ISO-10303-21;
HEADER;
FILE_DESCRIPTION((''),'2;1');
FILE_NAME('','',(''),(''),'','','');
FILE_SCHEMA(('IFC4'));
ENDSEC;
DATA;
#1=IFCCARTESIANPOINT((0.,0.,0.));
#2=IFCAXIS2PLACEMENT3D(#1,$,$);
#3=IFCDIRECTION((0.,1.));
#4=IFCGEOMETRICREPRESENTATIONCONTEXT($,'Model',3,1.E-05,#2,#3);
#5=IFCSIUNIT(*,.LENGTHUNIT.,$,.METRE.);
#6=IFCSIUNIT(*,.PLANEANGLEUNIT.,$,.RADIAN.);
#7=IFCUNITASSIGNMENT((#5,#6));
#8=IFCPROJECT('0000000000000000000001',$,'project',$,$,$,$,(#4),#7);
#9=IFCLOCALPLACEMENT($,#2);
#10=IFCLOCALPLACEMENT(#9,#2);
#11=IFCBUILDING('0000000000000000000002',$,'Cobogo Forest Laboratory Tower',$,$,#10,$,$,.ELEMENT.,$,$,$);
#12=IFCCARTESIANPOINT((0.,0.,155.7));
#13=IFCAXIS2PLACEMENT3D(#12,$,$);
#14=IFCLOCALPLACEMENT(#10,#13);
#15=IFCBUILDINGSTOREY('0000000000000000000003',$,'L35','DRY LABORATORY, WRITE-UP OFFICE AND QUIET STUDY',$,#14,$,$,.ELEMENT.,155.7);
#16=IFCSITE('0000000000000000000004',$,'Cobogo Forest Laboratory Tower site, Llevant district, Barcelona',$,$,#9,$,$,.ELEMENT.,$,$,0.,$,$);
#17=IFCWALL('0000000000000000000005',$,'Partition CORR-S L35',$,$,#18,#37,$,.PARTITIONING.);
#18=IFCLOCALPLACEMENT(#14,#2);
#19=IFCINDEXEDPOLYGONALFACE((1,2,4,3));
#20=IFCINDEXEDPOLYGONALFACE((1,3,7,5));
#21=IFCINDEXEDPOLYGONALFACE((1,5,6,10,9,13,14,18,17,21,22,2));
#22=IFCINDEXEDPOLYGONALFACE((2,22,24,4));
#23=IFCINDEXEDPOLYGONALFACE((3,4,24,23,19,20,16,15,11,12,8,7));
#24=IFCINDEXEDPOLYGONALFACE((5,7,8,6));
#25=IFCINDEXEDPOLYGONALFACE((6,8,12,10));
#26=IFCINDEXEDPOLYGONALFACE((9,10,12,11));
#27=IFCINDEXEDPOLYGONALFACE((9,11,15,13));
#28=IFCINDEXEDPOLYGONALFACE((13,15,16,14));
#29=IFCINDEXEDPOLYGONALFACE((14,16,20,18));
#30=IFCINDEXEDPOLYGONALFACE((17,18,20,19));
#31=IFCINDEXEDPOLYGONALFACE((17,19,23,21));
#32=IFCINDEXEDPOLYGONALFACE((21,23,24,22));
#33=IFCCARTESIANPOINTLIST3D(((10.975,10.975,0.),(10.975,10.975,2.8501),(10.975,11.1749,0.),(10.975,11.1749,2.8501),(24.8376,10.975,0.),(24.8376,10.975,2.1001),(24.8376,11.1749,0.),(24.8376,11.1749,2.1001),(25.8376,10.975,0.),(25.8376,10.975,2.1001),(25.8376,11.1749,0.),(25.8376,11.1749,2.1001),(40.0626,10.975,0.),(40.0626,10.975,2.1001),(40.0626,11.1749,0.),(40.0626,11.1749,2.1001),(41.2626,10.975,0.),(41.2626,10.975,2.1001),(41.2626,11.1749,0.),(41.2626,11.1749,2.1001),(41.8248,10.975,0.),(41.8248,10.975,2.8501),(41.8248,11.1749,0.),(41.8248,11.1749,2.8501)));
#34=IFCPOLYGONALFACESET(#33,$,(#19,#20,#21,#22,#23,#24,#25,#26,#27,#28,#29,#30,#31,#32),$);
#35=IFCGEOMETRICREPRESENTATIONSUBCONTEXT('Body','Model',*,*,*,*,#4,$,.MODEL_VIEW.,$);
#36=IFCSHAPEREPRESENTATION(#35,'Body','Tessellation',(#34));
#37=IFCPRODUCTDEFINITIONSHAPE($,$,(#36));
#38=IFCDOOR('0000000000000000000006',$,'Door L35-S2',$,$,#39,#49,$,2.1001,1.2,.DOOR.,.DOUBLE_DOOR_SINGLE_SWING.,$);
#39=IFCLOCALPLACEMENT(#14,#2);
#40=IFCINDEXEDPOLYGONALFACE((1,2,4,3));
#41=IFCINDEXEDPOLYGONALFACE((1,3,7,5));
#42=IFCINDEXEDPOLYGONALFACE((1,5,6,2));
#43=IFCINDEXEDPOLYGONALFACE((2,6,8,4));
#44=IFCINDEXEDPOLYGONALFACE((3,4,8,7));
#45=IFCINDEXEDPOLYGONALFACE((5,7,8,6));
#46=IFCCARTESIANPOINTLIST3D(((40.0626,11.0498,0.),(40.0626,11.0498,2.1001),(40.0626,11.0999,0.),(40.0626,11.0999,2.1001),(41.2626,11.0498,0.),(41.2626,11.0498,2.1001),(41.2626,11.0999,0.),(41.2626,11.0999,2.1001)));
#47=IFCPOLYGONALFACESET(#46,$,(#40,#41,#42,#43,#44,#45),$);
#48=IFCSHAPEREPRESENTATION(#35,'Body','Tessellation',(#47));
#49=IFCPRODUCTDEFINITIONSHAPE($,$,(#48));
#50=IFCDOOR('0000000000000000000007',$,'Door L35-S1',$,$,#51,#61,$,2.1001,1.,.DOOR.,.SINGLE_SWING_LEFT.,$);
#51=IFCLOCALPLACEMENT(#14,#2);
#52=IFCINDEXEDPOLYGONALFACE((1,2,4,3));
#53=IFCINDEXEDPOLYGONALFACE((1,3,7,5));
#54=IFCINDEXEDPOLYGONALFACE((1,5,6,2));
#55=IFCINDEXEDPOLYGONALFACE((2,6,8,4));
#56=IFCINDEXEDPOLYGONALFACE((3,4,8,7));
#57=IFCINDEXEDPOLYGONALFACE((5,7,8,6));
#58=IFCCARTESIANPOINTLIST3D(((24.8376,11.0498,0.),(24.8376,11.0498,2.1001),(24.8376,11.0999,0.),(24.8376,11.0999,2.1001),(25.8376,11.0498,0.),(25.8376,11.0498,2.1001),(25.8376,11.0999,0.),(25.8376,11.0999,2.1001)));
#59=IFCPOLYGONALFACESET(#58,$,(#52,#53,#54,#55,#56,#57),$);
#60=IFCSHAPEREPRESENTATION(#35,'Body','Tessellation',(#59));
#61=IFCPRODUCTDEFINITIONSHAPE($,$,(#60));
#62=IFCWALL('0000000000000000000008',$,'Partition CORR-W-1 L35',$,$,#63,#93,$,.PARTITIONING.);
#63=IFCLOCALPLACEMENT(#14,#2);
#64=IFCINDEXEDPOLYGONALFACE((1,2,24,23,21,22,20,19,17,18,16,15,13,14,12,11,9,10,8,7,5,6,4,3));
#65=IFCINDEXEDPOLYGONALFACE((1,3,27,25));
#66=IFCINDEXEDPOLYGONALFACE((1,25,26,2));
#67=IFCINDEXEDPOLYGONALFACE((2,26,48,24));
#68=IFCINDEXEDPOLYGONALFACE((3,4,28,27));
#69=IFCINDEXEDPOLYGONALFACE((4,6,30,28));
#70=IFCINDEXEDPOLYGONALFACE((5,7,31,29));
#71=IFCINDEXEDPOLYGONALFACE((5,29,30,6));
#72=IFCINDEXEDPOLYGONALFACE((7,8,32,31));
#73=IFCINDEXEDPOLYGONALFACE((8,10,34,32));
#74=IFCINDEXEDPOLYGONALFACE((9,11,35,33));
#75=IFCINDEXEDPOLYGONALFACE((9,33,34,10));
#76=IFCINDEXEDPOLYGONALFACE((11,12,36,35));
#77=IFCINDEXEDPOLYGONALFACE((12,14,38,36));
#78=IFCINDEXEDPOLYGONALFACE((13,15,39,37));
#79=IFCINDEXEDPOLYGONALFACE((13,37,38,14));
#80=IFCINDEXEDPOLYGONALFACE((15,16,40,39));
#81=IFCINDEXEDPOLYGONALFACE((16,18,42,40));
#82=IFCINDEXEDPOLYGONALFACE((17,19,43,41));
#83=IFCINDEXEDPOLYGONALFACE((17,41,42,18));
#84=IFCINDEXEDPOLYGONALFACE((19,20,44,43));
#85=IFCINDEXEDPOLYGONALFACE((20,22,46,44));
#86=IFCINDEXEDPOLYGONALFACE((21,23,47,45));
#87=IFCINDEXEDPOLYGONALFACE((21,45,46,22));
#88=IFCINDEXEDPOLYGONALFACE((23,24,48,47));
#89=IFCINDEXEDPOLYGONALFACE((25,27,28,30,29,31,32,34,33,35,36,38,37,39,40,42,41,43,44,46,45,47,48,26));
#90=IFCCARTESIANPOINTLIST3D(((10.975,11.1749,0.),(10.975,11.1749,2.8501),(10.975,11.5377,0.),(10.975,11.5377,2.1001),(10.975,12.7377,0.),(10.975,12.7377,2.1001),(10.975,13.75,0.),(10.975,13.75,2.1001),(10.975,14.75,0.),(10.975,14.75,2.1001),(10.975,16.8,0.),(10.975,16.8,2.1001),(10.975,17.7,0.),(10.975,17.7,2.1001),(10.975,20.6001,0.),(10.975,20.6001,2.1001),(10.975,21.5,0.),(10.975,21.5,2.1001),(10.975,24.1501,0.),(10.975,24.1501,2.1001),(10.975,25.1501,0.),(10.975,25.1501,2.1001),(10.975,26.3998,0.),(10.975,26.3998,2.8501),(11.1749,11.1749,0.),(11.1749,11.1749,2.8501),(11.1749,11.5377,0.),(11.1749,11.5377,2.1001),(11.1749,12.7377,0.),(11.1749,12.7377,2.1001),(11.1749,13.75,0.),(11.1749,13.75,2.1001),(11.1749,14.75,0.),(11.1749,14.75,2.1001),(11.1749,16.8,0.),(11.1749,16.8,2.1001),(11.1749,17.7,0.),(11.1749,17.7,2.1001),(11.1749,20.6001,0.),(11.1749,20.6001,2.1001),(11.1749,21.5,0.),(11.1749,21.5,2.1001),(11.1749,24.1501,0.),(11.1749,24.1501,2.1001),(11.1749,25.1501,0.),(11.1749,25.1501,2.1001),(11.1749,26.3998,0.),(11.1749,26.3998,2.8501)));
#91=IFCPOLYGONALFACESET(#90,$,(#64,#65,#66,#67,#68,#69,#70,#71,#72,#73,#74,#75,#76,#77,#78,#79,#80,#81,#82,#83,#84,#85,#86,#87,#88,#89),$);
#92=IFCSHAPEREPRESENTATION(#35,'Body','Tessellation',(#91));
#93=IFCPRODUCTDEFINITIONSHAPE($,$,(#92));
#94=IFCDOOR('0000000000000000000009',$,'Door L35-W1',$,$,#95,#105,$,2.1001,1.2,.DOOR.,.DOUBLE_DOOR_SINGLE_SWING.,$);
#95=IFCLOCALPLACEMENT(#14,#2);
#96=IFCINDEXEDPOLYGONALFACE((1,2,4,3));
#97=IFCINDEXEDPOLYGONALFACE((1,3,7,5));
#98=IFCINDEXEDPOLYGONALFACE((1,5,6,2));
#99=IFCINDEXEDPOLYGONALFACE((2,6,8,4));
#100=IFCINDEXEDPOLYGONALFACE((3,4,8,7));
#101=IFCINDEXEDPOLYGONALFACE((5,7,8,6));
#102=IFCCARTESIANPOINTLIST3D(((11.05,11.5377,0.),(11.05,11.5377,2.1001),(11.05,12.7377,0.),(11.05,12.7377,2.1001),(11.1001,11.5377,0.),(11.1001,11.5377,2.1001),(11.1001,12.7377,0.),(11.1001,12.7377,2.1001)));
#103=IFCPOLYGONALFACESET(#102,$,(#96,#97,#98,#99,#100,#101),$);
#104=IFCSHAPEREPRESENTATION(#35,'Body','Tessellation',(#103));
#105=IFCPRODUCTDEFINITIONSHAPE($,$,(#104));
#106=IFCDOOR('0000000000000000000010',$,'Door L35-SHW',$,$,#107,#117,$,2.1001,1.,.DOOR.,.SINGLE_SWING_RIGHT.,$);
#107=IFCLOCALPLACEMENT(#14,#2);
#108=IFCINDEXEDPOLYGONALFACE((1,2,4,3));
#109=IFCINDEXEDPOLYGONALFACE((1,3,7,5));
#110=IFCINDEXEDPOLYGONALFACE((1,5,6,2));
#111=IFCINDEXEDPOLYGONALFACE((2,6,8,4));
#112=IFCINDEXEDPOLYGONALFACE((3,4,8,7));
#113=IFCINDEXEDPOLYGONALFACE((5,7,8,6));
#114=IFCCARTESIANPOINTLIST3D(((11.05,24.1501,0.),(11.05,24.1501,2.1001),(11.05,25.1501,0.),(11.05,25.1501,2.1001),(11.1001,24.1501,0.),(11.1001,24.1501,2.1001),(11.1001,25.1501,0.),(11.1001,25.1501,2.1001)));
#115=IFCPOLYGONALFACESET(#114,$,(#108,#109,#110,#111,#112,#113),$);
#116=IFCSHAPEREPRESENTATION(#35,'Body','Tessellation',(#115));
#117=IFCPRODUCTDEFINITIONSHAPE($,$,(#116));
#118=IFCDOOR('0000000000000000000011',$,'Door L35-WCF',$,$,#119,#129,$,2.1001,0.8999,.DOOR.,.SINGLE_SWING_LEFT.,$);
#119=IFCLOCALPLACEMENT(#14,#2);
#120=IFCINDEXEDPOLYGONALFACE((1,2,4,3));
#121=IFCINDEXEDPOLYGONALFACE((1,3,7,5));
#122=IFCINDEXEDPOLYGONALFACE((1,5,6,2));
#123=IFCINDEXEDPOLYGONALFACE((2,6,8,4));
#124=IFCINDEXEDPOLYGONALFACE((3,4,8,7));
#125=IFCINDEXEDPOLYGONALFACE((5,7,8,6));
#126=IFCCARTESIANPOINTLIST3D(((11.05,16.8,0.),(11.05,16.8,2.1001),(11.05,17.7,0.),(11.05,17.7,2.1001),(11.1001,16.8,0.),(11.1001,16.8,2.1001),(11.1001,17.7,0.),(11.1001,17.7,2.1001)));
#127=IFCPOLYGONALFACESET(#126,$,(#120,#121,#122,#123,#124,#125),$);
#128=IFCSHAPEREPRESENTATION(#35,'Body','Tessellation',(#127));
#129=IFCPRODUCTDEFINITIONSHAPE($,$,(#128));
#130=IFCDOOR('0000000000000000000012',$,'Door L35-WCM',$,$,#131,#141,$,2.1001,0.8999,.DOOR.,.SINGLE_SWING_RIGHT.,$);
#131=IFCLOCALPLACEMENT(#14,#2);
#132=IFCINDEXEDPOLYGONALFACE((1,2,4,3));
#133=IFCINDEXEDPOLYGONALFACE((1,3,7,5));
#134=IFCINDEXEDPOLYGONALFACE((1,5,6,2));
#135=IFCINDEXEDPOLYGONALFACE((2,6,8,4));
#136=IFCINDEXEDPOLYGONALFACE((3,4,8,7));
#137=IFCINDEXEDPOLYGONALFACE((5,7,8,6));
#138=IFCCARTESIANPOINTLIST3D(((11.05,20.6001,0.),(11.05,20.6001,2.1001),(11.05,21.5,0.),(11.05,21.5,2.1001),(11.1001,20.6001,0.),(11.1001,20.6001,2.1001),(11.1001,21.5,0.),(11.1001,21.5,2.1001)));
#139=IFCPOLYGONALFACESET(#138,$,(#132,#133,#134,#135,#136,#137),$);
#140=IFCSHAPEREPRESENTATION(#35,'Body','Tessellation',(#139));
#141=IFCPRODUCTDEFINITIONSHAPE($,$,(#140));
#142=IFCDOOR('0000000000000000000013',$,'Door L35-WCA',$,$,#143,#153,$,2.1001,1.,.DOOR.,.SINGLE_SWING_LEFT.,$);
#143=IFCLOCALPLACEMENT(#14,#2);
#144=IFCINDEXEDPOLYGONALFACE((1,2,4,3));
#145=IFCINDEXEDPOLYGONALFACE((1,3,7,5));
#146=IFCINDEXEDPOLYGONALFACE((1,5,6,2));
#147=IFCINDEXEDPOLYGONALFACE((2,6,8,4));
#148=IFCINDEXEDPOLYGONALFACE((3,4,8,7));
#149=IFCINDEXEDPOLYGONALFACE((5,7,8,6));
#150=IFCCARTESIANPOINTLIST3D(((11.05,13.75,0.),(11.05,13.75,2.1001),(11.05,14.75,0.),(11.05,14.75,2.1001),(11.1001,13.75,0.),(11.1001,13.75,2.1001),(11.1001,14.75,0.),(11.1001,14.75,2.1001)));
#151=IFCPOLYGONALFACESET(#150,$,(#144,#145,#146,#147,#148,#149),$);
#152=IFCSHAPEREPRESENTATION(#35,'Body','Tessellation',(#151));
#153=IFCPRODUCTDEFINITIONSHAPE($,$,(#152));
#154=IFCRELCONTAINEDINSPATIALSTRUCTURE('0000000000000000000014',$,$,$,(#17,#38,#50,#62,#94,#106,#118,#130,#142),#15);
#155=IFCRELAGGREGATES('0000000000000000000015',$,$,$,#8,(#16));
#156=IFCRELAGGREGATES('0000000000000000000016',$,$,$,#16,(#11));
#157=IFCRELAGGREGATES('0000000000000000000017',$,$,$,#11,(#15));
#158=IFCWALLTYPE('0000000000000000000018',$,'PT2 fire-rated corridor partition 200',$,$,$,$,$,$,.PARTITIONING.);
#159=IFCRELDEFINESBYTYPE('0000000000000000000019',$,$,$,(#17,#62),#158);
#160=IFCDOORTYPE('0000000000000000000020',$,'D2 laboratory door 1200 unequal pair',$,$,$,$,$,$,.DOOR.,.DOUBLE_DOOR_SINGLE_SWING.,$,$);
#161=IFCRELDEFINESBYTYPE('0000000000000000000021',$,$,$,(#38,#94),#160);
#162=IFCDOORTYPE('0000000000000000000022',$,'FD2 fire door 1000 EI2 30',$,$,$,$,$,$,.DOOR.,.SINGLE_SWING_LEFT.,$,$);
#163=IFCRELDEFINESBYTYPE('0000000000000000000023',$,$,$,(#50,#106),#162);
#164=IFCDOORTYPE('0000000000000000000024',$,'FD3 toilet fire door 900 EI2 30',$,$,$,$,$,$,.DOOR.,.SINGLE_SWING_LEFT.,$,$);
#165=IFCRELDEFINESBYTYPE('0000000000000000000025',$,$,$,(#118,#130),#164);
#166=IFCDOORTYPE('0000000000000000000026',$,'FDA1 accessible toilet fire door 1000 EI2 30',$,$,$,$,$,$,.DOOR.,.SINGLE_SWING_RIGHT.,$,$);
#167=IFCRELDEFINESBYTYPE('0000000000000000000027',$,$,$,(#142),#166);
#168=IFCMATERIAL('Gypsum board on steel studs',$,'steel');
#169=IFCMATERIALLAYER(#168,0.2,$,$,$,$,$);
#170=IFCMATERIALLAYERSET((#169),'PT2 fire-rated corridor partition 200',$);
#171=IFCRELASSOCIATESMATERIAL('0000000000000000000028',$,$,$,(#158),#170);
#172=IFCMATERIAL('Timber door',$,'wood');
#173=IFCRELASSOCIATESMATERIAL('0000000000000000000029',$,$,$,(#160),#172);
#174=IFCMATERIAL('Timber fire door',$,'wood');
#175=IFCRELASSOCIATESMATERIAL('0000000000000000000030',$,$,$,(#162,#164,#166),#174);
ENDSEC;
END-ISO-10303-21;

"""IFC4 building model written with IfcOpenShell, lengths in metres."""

from ifc_helpers import new_model, si_unit, direction, frame, frame_2d, origin, place, context, subcontext, project, spatial, rectangle, extrude, material, layer, layer_set, type_object, element, fill, save


model = new_model("IFC4")

# Units and contexts
model_context = context("Model", 3, precision=1e-05, world=origin(), true_north=direction((0.0, 1.0)))
body_context = subcontext(model_context, "Body", "Model", "MODEL_VIEW")
ifc_project = project(units=[si_unit("LENGTHUNIT", "METRE"), si_unit("PLANEANGLEUNIT", "RADIAN")], contexts=[model_context])

# Site, building, storey
site_placement = place(None, origin())
site = spatial("IfcSite", under=ifc_project, at=site_placement, Name="Cobogo Forest Laboratory Tower site, Llevant district, Barcelona", CompositionType="ELEMENT", RefElevation=0.0)
building_placement = place(site_placement, origin())
building = spatial("IfcBuilding", under=site, at=building_placement, Name="Cobogo Forest Laboratory Tower", CompositionType="ELEMENT")
storey_placement = place(building_placement, frame((0.0, 0.0, 155.7)))
storey = spatial("IfcBuildingStorey", under=building, at=storey_placement, Name="L35", Description="DRY LABORATORY, WRITE-UP OFFICE AND QUIET STUDY", CompositionType="ELEMENT", Elevation=155.7)

# Shared definitions
ifc_material_1 = material(Name="Gypsum board on steel studs", Category="steel")

# Walls, openings, doors
ifc_layer_1 = layer(ifc_material_1, 0.2)
ifc_layer_set_1 = layer_set([ifc_layer_1], Name="PT2 fire-rated corridor partition 200")
wall_type_1 = type_object("IfcWallType", Name="PT2 fire-rated corridor partition 200", PredefinedType="PARTITIONING", material=ifc_layer_set_1)
wall_1_placement = place(storey_placement, frame((10.9751, 11.075, 0.0), z_axis=(0.0, 0.0, 1.0), x_axis=(1.0, 0.0, 0.0)))
wall_1 = element("IfcWall", 1, at=wall_1_placement, inside=storey, type_object=wall_type_1, Name="Partition CORR-S L35", PredefinedType="PARTITIONING", context=body_context, shape_type="SweptSolid", body=[
    extrude(rectangle(XDim=30.8499, YDim=0.2, at=frame_2d((15.4248, 0.0))), origin(), (0.0, 0.0, 1.0), 2.8501),
])
opening_1_placement = place(wall_1_placement, frame((13.8625, 0.0, 0.0)))
opening_1 = element("IfcOpeningElement", 2, at=opening_1_placement, cuts=wall_1, PredefinedType="OPENING", context=body_context, shape_type="SweptSolid", body=[
    extrude(rectangle(XDim=1.0, YDim=2.1001, at=frame_2d((0.5, 1.05))), frame((0.0, 0.1099, 0.0), z_axis=(0.0, -1.0, 0.0), x_axis=(1.0, 0.0, 0.0)), (0.0, 0.0, 1.0), 0.22),
])
opening_2_placement = place(wall_1_placement, frame((29.0874, 0.0, 0.0)))
opening_2 = element("IfcOpeningElement", 3, at=opening_2_placement, cuts=wall_1, PredefinedType="OPENING", context=body_context, shape_type="SweptSolid", body=[
    extrude(rectangle(XDim=1.2, YDim=2.1001, at=frame_2d((0.6001, 1.05))), frame((0.0, 0.1099, 0.0), z_axis=(0.0, -1.0, 0.0), x_axis=(1.0, 0.0, 0.0)), (0.0, 0.0, 1.0), 0.22),
])
ifc_material_2 = material(Name="Timber door", Category="wood")
door_type_1 = type_object("IfcDoorType", Name="D2 laboratory door 1200 unequal pair", OperationType="DOUBLE_DOOR_SINGLE_SWING", PredefinedType="DOOR", material=ifc_material_2)
door_1_placement = place(opening_2_placement, origin())
door_1 = element("IfcDoor", 4, at=door_1_placement, inside=storey, type_object=door_type_1, Name="Door L35-S2", OperationType="DOUBLE_DOOR_SINGLE_SWING", OverallHeight=2.1001, OverallWidth=1.2, PredefinedType="DOOR", context=body_context, shape_type="SweptSolid", body=[
    extrude(rectangle(XDim=1.2, YDim=2.1001, at=frame_2d((0.6001, 1.05))), frame((0.0, 0.0249, 0.0), z_axis=(0.0, -1.0, 0.0), x_axis=(1.0, 0.0, 0.0)), (0.0, 0.0, 1.0), 0.05),
])
fill(opening_2, door_1)
ifc_material_3 = material(Name="Timber fire door", Category="wood")
door_type_2 = type_object("IfcDoorType", Name="FD2 fire door 1000 EI2 30", OperationType="SINGLE_SWING_LEFT", PredefinedType="DOOR", material=ifc_material_3)
door_2_placement = place(opening_1_placement, origin())
door_2 = element("IfcDoor", 5, at=door_2_placement, inside=storey, type_object=door_type_2, Name="Door L35-S1", OperationType="SINGLE_SWING_LEFT", OverallHeight=2.1001, OverallWidth=1.0, PredefinedType="DOOR", context=body_context, shape_type="SweptSolid", body=[
    extrude(rectangle(XDim=1.0, YDim=2.1001, at=frame_2d((0.5, 1.05))), frame((0.0, 0.0249, 0.0), z_axis=(0.0, -1.0, 0.0), x_axis=(1.0, 0.0, 0.0)), (0.0, 0.0, 1.0), 0.05),
])
fill(opening_1, door_2)
wall_2_placement = place(storey_placement, frame((11.075, 11.175, 0.0), z_axis=(0.0, 0.0, 1.0), x_axis=(0.0, 1.0, 0.0)))
wall_2 = element("IfcWall", 6, at=wall_2_placement, inside=storey, type_object=wall_type_1, Name="Partition CORR-W-1 L35", PredefinedType="PARTITIONING", context=body_context, shape_type="SweptSolid", body=[
    extrude(rectangle(XDim=15.2249, YDim=0.2, at=frame_2d((7.6123, 0.0))), origin(), (0.0, 0.0, 1.0), 2.8501),
])
opening_3_placement = place(wall_2_placement, frame((0.3625, 0.0, 0.0)))
opening_3 = element("IfcOpeningElement", 7, at=opening_3_placement, cuts=wall_2, PredefinedType="OPENING", context=body_context, shape_type="SweptSolid", body=[
    extrude(rectangle(XDim=1.2, YDim=2.1001, at=frame_2d((0.6001, 1.05))), frame((0.0, 0.1099, 0.0), z_axis=(0.0, -1.0, 0.0), x_axis=(1.0, 0.0, 0.0)), (0.0, 0.0, 1.0), 0.22),
])
opening_4_placement = place(wall_2_placement, frame((2.575, 0.0, 0.0)))
opening_4 = element("IfcOpeningElement", 8, at=opening_4_placement, cuts=wall_2, PredefinedType="OPENING", context=body_context, shape_type="SweptSolid", body=[
    extrude(rectangle(XDim=1.0, YDim=2.1001, at=frame_2d((0.5, 1.05))), frame((0.0, 0.1099, 0.0), z_axis=(0.0, -1.0, 0.0), x_axis=(1.0, 0.0, 0.0)), (0.0, 0.0, 1.0), 0.22),
])
opening_5_placement = place(wall_2_placement, frame((5.625, 0.0, 0.0)))
opening_5 = element("IfcOpeningElement", 9, at=opening_5_placement, cuts=wall_2, PredefinedType="OPENING", context=body_context, shape_type="SweptSolid", body=[
    extrude(rectangle(XDim=0.8999, YDim=2.1001, at=frame_2d((0.45, 1.05))), frame((0.0, 0.1099, 0.0), z_axis=(0.0, -1.0, 0.0), x_axis=(1.0, 0.0, 0.0)), (0.0, 0.0, 1.0), 0.22),
])
opening_6_placement = place(wall_2_placement, frame((9.425, 0.0, 0.0)))
opening_6 = element("IfcOpeningElement", 10, at=opening_6_placement, cuts=wall_2, PredefinedType="OPENING", context=body_context, shape_type="SweptSolid", body=[
    extrude(rectangle(XDim=0.8999, YDim=2.1001, at=frame_2d((0.45, 1.05))), frame((0.0, 0.1099, 0.0), z_axis=(0.0, -1.0, 0.0), x_axis=(1.0, 0.0, 0.0)), (0.0, 0.0, 1.0), 0.22),
])
opening_7_placement = place(wall_2_placement, frame((12.9751, 0.0, 0.0)))
opening_7 = element("IfcOpeningElement", 11, at=opening_7_placement, cuts=wall_2, PredefinedType="OPENING", context=body_context, shape_type="SweptSolid", body=[
    extrude(rectangle(XDim=1.0, YDim=2.1001, at=frame_2d((0.5, 1.05))), frame((0.0, 0.1099, 0.0), z_axis=(0.0, -1.0, 0.0), x_axis=(1.0, 0.0, 0.0)), (0.0, 0.0, 1.0), 0.22),
])
door_3_placement = place(opening_3_placement, origin())
door_3 = element("IfcDoor", 12, at=door_3_placement, inside=storey, type_object=door_type_1, Name="Door L35-W1", OperationType="DOUBLE_DOOR_SINGLE_SWING", OverallHeight=2.1001, OverallWidth=1.2, PredefinedType="DOOR", context=body_context, shape_type="SweptSolid", body=[
    extrude(rectangle(XDim=1.2, YDim=2.1001, at=frame_2d((0.6001, 1.05))), frame((0.0, 0.0249, 0.0), z_axis=(0.0, -1.0, 0.0), x_axis=(1.0, 0.0, 0.0)), (0.0, 0.0, 1.0), 0.05),
])
fill(opening_3, door_3)
door_4_placement = place(opening_7_placement, origin())
door_4 = element("IfcDoor", 13, at=door_4_placement, inside=storey, type_object=door_type_2, Name="Door L35-SHW", OperationType="SINGLE_SWING_RIGHT", OverallHeight=2.1001, OverallWidth=1.0, PredefinedType="DOOR", context=body_context, shape_type="SweptSolid", body=[
    extrude(rectangle(XDim=1.0, YDim=2.1001, at=frame_2d((0.5, 1.05))), frame((0.0, 0.0249, 0.0), z_axis=(0.0, -1.0, 0.0), x_axis=(1.0, 0.0, 0.0)), (0.0, 0.0, 1.0), 0.05),
])
fill(opening_7, door_4)
door_type_3 = type_object("IfcDoorType", Name="FD3 toilet fire door 900 EI2 30", OperationType="SINGLE_SWING_LEFT", PredefinedType="DOOR", material=ifc_material_3)
door_5_placement = place(opening_5_placement, origin())
door_5 = element("IfcDoor", 14, at=door_5_placement, inside=storey, type_object=door_type_3, Name="Door L35-WCF", OperationType="SINGLE_SWING_LEFT", OverallHeight=2.1001, OverallWidth=0.8999, PredefinedType="DOOR", context=body_context, shape_type="SweptSolid", body=[
    extrude(rectangle(XDim=0.8999, YDim=2.1001, at=frame_2d((0.45, 1.05))), frame((0.0, 0.0249, 0.0), z_axis=(0.0, -1.0, 0.0), x_axis=(1.0, 0.0, 0.0)), (0.0, 0.0, 1.0), 0.05),
])
fill(opening_5, door_5)
door_6_placement = place(opening_6_placement, origin())
door_6 = element("IfcDoor", 15, at=door_6_placement, inside=storey, type_object=door_type_3, Name="Door L35-WCM", OperationType="SINGLE_SWING_RIGHT", OverallHeight=2.1001, OverallWidth=0.8999, PredefinedType="DOOR", context=body_context, shape_type="SweptSolid", body=[
    extrude(rectangle(XDim=0.8999, YDim=2.1001, at=frame_2d((0.45, 1.05))), frame((0.0, 0.0249, 0.0), z_axis=(0.0, -1.0, 0.0), x_axis=(1.0, 0.0, 0.0)), (0.0, 0.0, 1.0), 0.05),
])
fill(opening_6, door_6)
door_type_4 = type_object("IfcDoorType", Name="FDA1 accessible toilet fire door 1000 EI2 30", OperationType="SINGLE_SWING_RIGHT", PredefinedType="DOOR", material=ifc_material_3)
door_7_placement = place(opening_4_placement, origin())
door_7 = element("IfcDoor", 16, at=door_7_placement, inside=storey, type_object=door_type_4, Name="Door L35-WCA", OperationType="SINGLE_SWING_LEFT", OverallHeight=2.1001, OverallWidth=1.0, PredefinedType="DOOR", context=body_context, shape_type="SweptSolid", body=[
    extrude(rectangle(XDim=1.0, YDim=2.1001, at=frame_2d((0.5, 1.05))), frame((0.0, 0.0249, 0.0), z_axis=(0.0, -1.0, 0.0), x_axis=(1.0, 0.0, 0.0)), (0.0, 0.0, 1.0), 0.05),
])
fill(opening_4, door_7)

save(model, "model.ifc")
